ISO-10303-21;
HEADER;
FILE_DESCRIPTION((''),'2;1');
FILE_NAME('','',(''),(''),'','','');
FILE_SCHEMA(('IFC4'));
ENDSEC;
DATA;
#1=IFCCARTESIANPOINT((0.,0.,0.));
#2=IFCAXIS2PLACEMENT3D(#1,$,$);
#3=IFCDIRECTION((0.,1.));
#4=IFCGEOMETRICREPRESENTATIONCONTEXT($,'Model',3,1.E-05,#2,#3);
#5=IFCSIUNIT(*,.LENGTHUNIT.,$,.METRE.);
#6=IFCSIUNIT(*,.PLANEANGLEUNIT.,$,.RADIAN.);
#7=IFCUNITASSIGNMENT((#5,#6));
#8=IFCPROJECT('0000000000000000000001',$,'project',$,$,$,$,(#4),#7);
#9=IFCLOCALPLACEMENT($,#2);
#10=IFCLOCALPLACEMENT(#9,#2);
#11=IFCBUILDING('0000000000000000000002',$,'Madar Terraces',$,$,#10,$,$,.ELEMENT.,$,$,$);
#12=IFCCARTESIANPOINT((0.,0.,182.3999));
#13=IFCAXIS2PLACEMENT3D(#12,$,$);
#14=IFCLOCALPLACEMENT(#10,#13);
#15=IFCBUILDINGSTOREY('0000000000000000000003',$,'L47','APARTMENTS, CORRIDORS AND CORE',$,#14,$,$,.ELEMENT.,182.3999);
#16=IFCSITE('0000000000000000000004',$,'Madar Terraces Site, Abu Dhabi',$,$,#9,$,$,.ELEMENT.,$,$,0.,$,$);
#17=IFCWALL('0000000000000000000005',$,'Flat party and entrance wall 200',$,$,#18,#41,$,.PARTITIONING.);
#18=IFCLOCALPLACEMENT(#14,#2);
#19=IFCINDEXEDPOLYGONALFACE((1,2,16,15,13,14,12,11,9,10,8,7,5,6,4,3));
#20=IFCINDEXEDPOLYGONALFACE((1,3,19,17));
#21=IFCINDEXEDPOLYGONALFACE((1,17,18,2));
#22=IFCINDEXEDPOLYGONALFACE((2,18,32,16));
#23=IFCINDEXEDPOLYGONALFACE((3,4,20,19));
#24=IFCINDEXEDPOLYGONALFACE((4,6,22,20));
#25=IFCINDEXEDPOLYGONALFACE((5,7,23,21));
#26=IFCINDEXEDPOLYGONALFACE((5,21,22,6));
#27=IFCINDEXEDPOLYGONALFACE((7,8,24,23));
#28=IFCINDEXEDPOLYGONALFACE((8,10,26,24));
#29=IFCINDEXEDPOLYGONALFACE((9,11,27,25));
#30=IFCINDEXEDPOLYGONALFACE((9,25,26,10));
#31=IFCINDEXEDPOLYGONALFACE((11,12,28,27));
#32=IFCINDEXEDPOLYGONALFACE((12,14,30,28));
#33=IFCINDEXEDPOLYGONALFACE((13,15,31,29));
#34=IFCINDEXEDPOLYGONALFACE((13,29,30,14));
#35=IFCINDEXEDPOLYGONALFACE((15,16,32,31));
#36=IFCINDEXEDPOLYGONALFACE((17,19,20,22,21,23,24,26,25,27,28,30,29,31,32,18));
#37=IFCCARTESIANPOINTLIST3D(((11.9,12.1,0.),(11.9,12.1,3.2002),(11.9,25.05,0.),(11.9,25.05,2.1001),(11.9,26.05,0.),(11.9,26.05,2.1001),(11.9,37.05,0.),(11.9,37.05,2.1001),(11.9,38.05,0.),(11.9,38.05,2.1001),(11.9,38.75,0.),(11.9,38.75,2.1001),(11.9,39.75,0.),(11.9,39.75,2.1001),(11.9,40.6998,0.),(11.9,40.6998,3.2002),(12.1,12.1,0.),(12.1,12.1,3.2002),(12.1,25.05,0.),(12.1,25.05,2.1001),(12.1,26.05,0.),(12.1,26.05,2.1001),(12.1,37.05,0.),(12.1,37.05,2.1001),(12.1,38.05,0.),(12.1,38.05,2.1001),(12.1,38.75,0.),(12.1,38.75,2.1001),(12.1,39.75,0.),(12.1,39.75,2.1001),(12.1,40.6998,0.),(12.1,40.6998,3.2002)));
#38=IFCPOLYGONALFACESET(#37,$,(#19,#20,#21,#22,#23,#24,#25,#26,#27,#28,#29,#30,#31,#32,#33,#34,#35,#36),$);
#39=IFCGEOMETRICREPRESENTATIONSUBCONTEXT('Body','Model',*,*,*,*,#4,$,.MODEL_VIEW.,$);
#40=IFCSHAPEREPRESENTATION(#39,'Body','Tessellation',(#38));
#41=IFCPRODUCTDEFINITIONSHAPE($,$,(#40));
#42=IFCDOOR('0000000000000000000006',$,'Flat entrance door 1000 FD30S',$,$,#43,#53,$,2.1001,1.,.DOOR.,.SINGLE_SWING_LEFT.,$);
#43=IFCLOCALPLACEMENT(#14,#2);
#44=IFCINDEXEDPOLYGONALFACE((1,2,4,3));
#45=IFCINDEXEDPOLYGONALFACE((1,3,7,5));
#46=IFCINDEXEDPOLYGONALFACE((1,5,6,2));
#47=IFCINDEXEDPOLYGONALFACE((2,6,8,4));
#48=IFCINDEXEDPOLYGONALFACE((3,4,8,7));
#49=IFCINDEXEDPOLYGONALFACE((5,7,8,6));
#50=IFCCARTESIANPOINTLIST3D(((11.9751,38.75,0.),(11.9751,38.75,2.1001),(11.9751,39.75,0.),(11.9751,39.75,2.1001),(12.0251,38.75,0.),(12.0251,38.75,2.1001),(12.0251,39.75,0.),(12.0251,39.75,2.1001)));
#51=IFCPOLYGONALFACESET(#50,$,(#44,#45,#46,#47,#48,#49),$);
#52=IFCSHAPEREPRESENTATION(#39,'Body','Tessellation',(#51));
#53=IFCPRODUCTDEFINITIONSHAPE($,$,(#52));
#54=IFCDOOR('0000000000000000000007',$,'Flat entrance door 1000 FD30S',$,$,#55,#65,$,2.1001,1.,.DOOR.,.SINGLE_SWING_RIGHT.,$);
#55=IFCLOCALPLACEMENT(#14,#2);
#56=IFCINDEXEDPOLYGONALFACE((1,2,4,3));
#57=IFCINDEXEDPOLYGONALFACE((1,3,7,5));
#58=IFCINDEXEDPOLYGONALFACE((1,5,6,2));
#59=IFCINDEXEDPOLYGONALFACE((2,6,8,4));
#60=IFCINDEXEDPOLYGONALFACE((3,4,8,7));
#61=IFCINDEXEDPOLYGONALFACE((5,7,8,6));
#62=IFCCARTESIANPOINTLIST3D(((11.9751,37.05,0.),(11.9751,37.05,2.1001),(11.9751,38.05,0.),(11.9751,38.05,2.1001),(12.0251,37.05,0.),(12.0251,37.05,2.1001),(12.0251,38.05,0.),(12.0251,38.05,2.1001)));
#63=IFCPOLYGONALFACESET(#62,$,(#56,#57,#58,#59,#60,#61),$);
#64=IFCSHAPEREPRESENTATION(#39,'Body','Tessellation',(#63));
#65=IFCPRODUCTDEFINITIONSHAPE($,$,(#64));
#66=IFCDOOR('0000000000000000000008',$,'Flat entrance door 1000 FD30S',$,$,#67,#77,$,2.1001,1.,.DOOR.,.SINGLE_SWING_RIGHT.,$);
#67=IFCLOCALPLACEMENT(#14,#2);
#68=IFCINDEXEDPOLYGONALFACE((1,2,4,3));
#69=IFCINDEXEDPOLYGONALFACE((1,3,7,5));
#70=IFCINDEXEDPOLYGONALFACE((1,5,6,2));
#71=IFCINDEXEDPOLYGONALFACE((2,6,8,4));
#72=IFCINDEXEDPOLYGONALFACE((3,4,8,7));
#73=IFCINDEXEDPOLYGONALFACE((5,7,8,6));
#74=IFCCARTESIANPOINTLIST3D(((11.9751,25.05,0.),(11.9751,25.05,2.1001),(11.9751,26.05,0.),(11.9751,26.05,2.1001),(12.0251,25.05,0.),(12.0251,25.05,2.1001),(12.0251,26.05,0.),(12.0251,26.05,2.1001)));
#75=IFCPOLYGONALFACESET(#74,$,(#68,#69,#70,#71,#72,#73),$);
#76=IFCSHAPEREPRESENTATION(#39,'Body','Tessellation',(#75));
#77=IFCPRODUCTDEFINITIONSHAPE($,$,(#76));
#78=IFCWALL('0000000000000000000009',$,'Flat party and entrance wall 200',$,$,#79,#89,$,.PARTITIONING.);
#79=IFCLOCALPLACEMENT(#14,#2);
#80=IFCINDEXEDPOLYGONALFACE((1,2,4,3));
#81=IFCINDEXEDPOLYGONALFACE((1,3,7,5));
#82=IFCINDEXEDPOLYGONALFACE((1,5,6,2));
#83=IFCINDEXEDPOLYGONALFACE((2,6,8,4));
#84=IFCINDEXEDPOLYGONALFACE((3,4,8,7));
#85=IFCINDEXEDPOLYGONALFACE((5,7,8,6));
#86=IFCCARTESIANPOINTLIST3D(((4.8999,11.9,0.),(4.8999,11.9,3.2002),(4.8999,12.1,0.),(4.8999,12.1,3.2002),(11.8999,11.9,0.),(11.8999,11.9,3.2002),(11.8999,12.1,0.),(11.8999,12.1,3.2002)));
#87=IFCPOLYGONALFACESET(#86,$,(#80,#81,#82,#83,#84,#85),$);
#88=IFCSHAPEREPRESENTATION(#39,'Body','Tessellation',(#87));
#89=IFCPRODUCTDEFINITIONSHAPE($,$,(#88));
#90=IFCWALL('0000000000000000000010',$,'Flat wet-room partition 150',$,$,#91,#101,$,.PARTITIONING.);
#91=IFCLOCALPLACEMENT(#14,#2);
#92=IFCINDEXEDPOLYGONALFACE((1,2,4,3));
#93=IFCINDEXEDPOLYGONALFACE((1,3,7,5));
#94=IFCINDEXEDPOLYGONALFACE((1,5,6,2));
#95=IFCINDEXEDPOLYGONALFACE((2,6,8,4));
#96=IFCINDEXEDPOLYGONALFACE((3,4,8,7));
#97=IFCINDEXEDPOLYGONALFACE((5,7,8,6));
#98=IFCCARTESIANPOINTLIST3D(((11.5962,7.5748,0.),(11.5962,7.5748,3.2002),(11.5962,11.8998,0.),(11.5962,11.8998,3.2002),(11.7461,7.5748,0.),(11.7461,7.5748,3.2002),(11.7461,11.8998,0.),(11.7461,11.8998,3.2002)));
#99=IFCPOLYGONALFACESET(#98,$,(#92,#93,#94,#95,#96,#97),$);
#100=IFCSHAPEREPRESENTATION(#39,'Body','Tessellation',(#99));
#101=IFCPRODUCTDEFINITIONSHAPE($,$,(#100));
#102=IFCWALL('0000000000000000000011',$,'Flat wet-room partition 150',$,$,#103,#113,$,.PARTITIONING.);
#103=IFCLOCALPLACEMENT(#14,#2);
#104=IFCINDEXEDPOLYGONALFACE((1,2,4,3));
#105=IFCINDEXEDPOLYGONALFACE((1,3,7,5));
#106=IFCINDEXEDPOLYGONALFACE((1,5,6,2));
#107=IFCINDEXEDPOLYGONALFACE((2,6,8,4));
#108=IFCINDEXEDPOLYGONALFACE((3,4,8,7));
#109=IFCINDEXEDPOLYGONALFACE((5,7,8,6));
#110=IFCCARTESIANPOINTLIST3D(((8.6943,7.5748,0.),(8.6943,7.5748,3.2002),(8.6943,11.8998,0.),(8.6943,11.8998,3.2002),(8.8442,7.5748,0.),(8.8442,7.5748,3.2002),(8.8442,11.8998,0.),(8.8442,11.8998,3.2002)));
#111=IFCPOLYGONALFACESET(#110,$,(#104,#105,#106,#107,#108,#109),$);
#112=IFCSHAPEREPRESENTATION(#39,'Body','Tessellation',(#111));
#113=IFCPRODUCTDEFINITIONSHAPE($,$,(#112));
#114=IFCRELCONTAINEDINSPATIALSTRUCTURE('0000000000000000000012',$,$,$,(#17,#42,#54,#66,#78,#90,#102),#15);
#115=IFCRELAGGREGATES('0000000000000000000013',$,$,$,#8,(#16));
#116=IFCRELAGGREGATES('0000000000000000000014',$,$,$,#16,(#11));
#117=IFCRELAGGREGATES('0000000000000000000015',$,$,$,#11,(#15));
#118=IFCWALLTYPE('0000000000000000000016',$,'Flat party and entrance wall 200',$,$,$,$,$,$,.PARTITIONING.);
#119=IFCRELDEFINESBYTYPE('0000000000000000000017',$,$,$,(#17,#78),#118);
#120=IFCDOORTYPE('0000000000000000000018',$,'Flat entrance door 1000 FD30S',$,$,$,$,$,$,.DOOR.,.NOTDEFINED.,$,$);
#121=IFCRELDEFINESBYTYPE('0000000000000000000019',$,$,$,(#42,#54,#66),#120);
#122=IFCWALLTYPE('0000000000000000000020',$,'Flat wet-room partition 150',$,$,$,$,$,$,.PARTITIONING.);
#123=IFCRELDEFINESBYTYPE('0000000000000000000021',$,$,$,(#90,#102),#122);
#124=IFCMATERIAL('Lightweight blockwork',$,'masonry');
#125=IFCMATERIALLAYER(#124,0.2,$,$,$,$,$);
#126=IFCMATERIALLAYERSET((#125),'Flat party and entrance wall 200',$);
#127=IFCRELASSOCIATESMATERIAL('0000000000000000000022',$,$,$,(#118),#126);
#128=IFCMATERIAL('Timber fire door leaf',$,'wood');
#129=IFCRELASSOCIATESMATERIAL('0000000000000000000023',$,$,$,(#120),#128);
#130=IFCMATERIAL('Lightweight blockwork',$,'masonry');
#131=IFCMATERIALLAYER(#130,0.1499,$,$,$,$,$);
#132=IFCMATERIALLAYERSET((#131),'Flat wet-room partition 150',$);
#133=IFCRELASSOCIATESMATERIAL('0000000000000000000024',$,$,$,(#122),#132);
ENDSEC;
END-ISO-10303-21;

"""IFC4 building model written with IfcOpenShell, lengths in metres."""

from ifc_helpers import new_model, si_unit, direction, frame, frame_2d, origin, place, context, subcontext, project, spatial, rectangle, extrude, material, layer, layer_set, type_object, element, fill, save


model = new_model("IFC4")

# Units and contexts
model_context = context("Model", 3, precision=1e-05, world=origin(), true_north=direction((0.0, 1.0)))
body_context = subcontext(model_context, "Body", "Model", "MODEL_VIEW")
ifc_project = project(units=[si_unit("LENGTHUNIT", "METRE"), si_unit("PLANEANGLEUNIT", "RADIAN")], contexts=[model_context])

# Site, building, storey
site_placement = place(None, origin())
site = spatial("IfcSite", under=ifc_project, at=site_placement, Name="Madar Terraces Site, Abu Dhabi", CompositionType="ELEMENT", RefElevation=0.0)
building_placement = place(site_placement, origin())
building = spatial("IfcBuilding", under=site, at=building_placement, Name="Madar Terraces", CompositionType="ELEMENT")
storey_placement = place(building_placement, frame((0.0, 0.0, 182.3999)))
storey = spatial("IfcBuildingStorey", under=building, at=storey_placement, Name="L47", Description="APARTMENTS, CORRIDORS AND CORE", CompositionType="ELEMENT", Elevation=182.3999)

# Wall, openings, doors
ifc_material_1 = material(Name="Lightweight blockwork", Category="masonry")
ifc_layer_1 = layer(ifc_material_1, 0.2)
ifc_layer_set_1 = layer_set([ifc_layer_1], Name="Flat party and entrance wall 200")
wall_type_1 = type_object("IfcWallType", Name="Flat party and entrance wall 200", PredefinedType="PARTITIONING", material=ifc_layer_set_1)
wall_1_placement = place(storey_placement, frame((12.0, 12.1001, 0.0), z_axis=(0.0, 0.0, 1.0), x_axis=(0.0, 1.0, 0.0)))
wall_1 = element("IfcWall", 1, at=wall_1_placement, inside=storey, type_object=wall_type_1, Name="Flat party and entrance wall 200", PredefinedType="PARTITIONING", context=body_context, shape_type="SweptSolid", body=[
    extrude(rectangle(XDim=28.5999, YDim=0.2, at=frame_2d((14.2998, 0.0))), origin(), (0.0, 0.0, 1.0), 3.2002),
])
opening_1_placement = place(wall_1_placement, frame((26.6499, 0.0, 0.0)))
opening_1 = element("IfcOpeningElement", 2, at=opening_1_placement, cuts=wall_1, PredefinedType="OPENING", context=body_context, shape_type="SweptSolid", body=[
    extrude(rectangle(XDim=1.0, YDim=2.1001, at=frame_2d((0.5, 1.05))), frame((0.0, 0.1099, 0.0), z_axis=(0.0, -1.0, 0.0), x_axis=(1.0, 0.0, 0.0)), (0.0, 0.0, 1.0), 0.22),
])
opening_2_placement = place(wall_1_placement, frame((24.95, 0.0, 0.0)))
opening_2 = element("IfcOpeningElement", 3, at=opening_2_placement, cuts=wall_1, PredefinedType="OPENING", context=body_context, shape_type="SweptSolid", body=[
    extrude(rectangle(XDim=1.0, YDim=2.1001, at=frame_2d((0.5, 1.05))), frame((0.0, 0.1099, 0.0), z_axis=(0.0, -1.0, 0.0), x_axis=(1.0, 0.0, 0.0)), (0.0, 0.0, 1.0), 0.22),
])
opening_3_placement = place(wall_1_placement, frame((12.95, 0.0, 0.0)))
opening_3 = element("IfcOpeningElement", 4, at=opening_3_placement, cuts=wall_1, PredefinedType="OPENING", context=body_context, shape_type="SweptSolid", body=[
    extrude(rectangle(XDim=1.0, YDim=2.1001, at=frame_2d((0.5, 1.05))), frame((0.0, 0.1099, 0.0), z_axis=(0.0, -1.0, 0.0), x_axis=(1.0, 0.0, 0.0)), (0.0, 0.0, 1.0), 0.22),
])
ifc_material_2 = material(Name="Timber fire door leaf", Category="wood")
door_type_1 = type_object("IfcDoorType", Name="Flat entrance door 1000 FD30S", OperationType="NOTDEFINED", PredefinedType="DOOR", material=ifc_material_2)
door_1_placement = place(opening_1_placement, origin())
door_1 = element("IfcDoor", 5, at=door_1_placement, inside=storey, type_object=door_type_1, Name="Flat entrance door 1000 FD30S", OperationType="SINGLE_SWING_LEFT", OverallHeight=2.1001, OverallWidth=1.0, PredefinedType="DOOR", context=body_context, shape_type="SweptSolid", body=[
    extrude(rectangle(XDim=1.0, YDim=2.1001, at=frame_2d((0.5, 1.05))), frame((0.0, 0.0249, 0.0), z_axis=(0.0, -1.0, 0.0), x_axis=(1.0, 0.0, 0.0)), (0.0, 0.0, 1.0), 0.05),
])
fill(opening_1, door_1)
door_2_placement = place(opening_2_placement, origin())
door_2 = element("IfcDoor", 6, at=door_2_placement, inside=storey, type_object=door_type_1, Name="Flat entrance door 1000 FD30S", OperationType="SINGLE_SWING_RIGHT", OverallHeight=2.1001, OverallWidth=1.0, PredefinedType="DOOR", context=body_context, shape_type="SweptSolid", body=[
    extrude(rectangle(XDim=1.0, YDim=2.1001, at=frame_2d((0.5, 1.05))), frame((0.0, 0.0249, 0.0), z_axis=(0.0, -1.0, 0.0), x_axis=(1.0, 0.0, 0.0)), (0.0, 0.0, 1.0), 0.05),
])
fill(opening_2, door_2)
door_3_placement = place(opening_3_placement, origin())
door_3 = element("IfcDoor", 7, at=door_3_placement, inside=storey, type_object=door_type_1, Name="Flat entrance door 1000 FD30S", OperationType="SINGLE_SWING_RIGHT", OverallHeight=2.1001, OverallWidth=1.0, PredefinedType="DOOR", context=body_context, shape_type="SweptSolid", body=[
    extrude(rectangle(XDim=1.0, YDim=2.1001, at=frame_2d((0.5, 1.05))), frame((0.0, 0.0249, 0.0), z_axis=(0.0, -1.0, 0.0), x_axis=(1.0, 0.0, 0.0)), (0.0, 0.0, 1.0), 0.05),
])
fill(opening_3, door_3)

# Walls
wall_2_placement = place(storey_placement, frame((4.8999, 12.0, 0.0), z_axis=(0.0, 0.0, 1.0), x_axis=(1.0, 0.0, 0.0)))
element("IfcWall", 8, at=wall_2_placement, inside=storey, type_object=wall_type_1, Name="Flat party and entrance wall 200", PredefinedType="PARTITIONING", context=body_context, shape_type="SweptSolid", body=[
    extrude(rectangle(XDim=7.0, YDim=0.2, at=frame_2d((3.5, 0.0))), origin(), (0.0, 0.0, 1.0), 3.2002),
])
ifc_material_3 = material(Name="Lightweight blockwork", Category="masonry")
ifc_layer_2 = layer(ifc_material_3, 0.1499)
ifc_layer_set_2 = layer_set([ifc_layer_2], Name="Flat wet-room partition 150")
wall_type_2 = type_object("IfcWallType", Name="Flat wet-room partition 150", PredefinedType="PARTITIONING", material=ifc_layer_set_2)
for number, where, z_axis, x_axis, name in (
    (9, (11.6711, 11.8999, 0.0), (0.0, 0.0, 1.0), (0.0, -1.0, 0.0), "Flat wet-room partition 150"),
    (10, (8.7693, 11.8999, 0.0), (0.0, 0.0, 1.0), (0.0, -1.0, 0.0), "Flat wet-room partition 150"),
):
    element("IfcWall", number, at=place(storey_placement, frame(where, z_axis=z_axis, x_axis=x_axis)), inside=storey, type_object=wall_type_2, Name=name, PredefinedType="PARTITIONING", context=body_context, shape_type="SweptSolid", body=[
        extrude(rectangle(XDim=4.325, YDim=0.1499, at=frame_2d((2.1626, 0.0))), origin(), (0.0, 0.0, 1.0), 3.2002),
    ])

save(model, "model.ifc")
